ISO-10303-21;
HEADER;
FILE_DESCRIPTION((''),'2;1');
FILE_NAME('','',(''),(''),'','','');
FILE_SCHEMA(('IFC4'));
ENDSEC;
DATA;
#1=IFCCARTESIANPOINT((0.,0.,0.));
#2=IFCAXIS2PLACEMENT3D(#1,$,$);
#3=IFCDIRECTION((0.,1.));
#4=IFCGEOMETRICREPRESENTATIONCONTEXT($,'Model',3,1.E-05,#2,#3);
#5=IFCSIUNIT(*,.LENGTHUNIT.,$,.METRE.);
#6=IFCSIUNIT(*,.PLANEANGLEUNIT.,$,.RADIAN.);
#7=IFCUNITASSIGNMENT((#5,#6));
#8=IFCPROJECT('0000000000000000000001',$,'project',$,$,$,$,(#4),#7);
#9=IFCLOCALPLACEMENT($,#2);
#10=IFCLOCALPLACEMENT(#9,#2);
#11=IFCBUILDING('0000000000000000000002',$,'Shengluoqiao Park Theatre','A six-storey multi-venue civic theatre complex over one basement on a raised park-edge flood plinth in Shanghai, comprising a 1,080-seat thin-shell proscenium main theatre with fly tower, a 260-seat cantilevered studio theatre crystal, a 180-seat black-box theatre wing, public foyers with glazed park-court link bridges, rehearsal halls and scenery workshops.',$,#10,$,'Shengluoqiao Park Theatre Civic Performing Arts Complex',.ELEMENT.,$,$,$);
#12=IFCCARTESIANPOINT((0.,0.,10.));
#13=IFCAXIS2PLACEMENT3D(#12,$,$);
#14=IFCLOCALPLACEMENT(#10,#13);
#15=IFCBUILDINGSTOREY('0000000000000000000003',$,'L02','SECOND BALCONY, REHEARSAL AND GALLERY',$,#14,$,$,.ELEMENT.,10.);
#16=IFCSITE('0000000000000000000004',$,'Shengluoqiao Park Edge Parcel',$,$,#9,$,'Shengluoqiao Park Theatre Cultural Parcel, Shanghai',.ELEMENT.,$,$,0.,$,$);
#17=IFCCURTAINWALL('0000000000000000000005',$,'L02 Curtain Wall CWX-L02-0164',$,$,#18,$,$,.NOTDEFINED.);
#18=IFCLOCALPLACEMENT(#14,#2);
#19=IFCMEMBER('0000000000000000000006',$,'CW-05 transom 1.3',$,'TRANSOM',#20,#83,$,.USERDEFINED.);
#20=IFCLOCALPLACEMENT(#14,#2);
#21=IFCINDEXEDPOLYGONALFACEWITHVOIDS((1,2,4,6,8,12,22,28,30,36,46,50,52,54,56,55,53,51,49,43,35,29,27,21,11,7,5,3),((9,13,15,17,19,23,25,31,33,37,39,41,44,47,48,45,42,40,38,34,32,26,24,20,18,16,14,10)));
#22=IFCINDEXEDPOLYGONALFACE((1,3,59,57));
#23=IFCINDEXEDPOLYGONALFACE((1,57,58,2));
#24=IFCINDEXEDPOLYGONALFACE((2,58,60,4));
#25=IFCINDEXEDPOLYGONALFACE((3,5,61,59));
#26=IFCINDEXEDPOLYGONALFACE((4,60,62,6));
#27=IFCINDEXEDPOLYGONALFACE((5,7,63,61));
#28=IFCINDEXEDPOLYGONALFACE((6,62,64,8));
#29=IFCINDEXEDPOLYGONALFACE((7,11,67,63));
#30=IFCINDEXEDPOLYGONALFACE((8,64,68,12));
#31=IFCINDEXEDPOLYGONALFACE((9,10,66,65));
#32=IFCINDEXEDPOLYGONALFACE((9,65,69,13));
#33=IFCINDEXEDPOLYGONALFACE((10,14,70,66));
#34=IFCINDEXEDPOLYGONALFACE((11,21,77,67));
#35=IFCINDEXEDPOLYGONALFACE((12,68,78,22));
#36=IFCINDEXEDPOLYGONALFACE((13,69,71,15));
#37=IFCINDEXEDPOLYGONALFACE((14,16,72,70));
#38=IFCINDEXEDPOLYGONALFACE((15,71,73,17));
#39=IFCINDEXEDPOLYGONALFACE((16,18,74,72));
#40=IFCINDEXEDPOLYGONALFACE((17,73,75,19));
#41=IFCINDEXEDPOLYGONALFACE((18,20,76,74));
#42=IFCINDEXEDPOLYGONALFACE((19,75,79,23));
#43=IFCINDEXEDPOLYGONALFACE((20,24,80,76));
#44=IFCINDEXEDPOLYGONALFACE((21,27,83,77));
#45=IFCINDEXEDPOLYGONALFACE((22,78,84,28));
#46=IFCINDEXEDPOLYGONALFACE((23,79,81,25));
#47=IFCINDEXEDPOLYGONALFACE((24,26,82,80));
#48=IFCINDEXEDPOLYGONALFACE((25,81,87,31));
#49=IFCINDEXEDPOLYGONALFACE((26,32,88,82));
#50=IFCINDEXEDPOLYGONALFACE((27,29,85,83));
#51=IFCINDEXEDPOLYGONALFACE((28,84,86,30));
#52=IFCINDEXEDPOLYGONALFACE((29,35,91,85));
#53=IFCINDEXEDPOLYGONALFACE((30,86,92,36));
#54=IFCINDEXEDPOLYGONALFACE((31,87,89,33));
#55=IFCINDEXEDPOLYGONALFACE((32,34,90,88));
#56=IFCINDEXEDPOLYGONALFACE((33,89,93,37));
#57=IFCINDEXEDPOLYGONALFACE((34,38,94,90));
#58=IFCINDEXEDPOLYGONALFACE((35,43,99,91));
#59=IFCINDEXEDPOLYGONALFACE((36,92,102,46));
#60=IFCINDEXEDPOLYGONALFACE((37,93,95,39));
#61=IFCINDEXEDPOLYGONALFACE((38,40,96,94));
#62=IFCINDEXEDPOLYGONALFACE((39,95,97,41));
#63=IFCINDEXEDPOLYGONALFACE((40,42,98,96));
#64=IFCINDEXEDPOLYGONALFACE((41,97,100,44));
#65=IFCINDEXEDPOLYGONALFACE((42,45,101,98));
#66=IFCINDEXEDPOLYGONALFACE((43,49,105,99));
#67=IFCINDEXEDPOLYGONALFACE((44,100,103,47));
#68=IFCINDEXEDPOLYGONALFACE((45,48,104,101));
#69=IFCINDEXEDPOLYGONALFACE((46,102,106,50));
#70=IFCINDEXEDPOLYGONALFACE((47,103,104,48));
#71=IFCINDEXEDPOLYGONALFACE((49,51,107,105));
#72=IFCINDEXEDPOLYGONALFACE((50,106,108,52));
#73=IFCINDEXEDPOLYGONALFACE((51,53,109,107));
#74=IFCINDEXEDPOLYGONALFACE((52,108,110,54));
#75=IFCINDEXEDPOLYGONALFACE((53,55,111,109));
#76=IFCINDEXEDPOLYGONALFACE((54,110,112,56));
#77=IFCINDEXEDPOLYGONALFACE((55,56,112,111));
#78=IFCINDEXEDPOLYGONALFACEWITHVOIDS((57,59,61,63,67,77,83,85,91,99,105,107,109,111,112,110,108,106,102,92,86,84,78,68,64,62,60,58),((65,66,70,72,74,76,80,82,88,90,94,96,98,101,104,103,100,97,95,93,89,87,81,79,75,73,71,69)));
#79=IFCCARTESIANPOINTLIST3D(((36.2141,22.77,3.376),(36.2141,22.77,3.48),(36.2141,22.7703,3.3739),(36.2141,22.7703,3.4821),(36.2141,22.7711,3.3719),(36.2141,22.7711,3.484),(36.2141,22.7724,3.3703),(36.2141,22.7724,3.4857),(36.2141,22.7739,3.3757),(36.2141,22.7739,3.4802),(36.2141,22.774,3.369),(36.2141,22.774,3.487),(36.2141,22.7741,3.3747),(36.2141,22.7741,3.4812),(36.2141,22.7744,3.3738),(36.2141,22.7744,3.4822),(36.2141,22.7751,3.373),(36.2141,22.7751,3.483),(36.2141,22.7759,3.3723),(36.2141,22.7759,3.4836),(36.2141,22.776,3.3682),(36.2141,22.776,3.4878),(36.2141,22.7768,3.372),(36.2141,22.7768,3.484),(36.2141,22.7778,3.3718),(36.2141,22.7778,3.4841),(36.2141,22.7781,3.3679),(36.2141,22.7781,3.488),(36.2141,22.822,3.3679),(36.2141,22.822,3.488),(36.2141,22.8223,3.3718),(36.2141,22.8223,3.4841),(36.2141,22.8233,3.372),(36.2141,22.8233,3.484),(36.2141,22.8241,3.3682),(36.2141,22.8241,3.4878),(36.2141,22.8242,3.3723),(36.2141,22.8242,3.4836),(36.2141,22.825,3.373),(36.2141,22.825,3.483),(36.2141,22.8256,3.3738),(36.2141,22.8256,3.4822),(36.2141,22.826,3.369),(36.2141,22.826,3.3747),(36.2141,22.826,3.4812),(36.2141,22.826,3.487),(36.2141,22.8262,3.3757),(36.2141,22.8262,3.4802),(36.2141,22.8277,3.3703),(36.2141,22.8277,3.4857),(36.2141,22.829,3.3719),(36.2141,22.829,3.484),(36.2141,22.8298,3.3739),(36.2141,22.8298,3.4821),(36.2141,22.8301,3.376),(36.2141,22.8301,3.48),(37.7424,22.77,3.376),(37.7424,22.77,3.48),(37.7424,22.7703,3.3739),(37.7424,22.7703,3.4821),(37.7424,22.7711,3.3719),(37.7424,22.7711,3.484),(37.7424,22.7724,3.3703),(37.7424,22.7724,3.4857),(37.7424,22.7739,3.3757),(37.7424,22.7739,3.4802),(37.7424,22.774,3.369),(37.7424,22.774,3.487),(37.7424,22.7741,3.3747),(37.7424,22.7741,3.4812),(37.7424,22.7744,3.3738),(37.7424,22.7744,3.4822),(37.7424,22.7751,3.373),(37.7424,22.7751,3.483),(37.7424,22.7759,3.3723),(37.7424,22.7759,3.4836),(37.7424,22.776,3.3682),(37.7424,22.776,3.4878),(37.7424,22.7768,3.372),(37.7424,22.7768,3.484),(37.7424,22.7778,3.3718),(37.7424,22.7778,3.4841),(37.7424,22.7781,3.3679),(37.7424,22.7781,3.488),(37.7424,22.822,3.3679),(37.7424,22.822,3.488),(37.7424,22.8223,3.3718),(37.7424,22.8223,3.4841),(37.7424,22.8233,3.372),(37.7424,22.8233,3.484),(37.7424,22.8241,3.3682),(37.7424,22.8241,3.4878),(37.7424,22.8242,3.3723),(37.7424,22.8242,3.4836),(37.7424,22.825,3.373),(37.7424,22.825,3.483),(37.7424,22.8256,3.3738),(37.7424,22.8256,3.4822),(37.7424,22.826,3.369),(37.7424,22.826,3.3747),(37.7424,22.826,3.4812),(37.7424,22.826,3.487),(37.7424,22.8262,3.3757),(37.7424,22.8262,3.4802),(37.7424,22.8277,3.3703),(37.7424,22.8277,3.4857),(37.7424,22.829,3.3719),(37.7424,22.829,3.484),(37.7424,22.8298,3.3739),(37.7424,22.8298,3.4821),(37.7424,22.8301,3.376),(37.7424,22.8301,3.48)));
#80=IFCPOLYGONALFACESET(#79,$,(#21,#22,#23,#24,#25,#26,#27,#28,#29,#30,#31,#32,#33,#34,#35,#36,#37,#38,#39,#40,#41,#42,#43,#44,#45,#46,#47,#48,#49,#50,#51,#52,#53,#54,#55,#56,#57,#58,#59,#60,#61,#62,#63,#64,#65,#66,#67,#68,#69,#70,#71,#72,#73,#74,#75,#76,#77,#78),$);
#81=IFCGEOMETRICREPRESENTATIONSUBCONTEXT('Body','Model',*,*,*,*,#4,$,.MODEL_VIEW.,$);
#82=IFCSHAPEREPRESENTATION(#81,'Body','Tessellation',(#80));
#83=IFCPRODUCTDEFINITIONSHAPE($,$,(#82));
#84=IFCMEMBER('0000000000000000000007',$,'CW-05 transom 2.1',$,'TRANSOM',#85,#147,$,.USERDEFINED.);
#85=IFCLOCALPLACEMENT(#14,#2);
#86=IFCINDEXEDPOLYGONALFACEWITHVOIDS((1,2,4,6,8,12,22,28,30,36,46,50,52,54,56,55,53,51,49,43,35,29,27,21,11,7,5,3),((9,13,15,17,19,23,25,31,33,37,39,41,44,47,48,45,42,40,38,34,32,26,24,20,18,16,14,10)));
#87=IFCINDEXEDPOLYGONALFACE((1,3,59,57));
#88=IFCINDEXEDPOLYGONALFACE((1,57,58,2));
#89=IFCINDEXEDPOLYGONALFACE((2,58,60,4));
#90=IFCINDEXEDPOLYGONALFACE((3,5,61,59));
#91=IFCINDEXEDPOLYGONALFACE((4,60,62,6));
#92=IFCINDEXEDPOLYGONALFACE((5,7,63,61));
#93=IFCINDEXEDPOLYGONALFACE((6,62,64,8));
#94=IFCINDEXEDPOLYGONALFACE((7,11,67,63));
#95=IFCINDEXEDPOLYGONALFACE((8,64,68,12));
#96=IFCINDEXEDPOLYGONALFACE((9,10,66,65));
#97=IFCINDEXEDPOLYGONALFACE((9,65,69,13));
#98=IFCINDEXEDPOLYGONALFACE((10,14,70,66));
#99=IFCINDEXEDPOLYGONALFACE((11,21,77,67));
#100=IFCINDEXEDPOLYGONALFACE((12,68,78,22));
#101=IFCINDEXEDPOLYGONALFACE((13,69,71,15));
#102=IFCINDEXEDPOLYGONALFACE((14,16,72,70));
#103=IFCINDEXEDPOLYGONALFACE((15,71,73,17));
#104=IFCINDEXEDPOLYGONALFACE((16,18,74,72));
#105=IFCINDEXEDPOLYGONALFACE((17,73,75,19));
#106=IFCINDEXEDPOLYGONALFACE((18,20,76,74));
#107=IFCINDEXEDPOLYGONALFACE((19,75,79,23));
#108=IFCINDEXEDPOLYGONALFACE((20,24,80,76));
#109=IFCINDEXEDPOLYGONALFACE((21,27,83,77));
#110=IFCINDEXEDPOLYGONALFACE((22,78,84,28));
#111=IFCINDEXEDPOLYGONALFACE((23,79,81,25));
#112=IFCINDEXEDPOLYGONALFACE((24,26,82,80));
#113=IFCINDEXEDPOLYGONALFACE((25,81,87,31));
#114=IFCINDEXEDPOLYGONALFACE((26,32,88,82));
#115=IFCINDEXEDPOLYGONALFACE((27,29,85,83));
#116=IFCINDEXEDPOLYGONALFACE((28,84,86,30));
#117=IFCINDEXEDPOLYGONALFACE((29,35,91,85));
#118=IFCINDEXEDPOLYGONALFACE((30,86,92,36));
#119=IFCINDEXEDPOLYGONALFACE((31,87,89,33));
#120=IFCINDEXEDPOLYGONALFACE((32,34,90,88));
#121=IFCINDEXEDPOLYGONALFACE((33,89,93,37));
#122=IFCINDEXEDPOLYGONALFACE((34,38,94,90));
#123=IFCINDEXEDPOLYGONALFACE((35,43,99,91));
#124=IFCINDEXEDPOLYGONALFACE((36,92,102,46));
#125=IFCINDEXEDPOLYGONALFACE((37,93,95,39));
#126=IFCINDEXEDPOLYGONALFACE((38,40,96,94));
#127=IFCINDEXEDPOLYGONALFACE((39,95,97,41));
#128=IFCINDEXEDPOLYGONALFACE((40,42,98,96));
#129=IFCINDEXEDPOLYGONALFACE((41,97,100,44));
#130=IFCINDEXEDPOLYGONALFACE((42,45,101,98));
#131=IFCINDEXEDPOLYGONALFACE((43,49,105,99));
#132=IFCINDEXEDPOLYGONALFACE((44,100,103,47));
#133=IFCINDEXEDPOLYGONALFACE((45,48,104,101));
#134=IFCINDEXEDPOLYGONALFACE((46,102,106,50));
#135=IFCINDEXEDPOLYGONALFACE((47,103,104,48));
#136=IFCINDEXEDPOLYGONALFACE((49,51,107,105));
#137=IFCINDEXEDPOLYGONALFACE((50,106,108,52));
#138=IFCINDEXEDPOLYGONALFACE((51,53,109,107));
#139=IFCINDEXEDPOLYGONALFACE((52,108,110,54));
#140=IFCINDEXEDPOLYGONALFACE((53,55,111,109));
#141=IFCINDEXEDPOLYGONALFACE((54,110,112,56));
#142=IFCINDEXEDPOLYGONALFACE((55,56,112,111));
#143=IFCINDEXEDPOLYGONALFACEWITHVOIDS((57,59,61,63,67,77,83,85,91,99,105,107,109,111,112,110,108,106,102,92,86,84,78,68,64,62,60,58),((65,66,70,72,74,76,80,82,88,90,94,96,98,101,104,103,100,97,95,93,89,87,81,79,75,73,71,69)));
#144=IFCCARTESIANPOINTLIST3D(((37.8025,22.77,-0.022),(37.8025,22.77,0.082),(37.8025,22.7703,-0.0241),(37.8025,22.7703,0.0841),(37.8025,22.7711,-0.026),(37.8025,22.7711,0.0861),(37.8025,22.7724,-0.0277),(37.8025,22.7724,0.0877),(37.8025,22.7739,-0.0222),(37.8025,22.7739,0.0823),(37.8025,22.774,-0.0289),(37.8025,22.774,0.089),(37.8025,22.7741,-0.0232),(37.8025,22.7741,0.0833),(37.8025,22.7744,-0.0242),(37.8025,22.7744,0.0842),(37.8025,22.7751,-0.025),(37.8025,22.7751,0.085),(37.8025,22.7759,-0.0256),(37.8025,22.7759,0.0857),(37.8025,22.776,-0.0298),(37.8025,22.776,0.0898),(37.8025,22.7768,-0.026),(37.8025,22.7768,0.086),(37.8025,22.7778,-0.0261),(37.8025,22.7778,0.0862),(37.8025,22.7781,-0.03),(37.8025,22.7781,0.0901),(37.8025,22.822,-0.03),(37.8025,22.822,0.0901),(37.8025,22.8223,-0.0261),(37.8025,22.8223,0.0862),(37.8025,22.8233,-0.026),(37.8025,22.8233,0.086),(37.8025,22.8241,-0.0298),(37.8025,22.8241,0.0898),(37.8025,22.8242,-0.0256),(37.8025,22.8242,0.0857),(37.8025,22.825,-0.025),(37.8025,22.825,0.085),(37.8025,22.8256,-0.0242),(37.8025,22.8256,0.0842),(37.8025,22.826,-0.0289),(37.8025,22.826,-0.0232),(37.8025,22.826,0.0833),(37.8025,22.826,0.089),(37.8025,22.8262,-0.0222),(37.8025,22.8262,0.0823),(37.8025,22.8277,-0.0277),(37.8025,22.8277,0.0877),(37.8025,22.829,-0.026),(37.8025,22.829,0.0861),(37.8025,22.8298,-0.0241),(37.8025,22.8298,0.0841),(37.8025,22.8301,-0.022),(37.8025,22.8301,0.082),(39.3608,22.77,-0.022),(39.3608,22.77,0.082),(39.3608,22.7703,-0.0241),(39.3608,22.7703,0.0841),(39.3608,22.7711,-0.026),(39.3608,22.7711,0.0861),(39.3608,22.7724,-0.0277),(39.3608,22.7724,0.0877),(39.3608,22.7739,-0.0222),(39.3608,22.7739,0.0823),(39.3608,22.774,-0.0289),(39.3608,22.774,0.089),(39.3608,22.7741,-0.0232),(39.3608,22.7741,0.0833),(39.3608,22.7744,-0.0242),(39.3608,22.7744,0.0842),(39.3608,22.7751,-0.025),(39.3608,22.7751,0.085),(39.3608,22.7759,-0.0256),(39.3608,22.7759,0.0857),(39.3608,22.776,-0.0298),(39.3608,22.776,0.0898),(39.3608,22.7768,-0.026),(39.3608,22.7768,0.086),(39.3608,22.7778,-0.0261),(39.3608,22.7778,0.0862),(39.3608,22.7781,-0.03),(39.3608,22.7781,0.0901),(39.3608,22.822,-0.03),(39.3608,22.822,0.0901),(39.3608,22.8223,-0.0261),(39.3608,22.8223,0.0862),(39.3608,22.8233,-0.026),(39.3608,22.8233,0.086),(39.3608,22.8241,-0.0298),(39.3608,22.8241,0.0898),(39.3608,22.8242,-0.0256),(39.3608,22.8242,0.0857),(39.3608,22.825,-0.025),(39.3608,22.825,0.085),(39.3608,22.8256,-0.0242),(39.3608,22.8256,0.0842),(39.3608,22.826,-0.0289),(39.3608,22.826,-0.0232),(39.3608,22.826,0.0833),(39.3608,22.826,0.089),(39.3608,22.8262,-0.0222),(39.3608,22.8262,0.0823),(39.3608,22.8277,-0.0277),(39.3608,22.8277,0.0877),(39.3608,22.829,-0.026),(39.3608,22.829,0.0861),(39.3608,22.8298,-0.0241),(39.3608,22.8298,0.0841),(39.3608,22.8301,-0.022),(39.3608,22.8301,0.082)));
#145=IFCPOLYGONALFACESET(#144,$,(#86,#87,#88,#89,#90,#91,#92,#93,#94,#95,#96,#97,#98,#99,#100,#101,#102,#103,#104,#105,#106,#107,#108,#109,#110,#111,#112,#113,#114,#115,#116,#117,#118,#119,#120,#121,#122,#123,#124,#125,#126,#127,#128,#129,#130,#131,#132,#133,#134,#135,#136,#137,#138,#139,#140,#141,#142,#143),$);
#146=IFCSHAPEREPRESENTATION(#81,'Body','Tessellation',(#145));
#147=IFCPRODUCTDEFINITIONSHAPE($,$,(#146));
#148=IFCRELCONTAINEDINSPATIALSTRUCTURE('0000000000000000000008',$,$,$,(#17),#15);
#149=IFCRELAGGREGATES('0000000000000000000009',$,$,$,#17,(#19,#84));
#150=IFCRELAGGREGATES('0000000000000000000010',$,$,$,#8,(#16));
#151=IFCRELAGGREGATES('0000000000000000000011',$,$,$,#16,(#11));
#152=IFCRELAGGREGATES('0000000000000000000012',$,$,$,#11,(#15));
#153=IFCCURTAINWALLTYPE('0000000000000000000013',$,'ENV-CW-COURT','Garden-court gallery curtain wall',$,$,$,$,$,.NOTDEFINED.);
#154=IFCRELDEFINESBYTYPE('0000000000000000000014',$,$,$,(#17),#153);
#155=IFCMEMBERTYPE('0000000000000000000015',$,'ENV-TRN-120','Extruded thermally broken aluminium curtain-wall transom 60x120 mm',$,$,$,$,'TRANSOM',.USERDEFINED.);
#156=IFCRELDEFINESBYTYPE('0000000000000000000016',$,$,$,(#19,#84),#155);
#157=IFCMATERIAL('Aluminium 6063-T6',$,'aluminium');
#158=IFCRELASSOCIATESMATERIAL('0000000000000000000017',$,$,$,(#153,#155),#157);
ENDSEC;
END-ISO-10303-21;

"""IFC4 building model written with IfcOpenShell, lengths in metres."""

from ifc_helpers import new_model, si_unit, direction, frame, origin, origin_2d, place, context, subcontext, project, spatial, hollow_rectangle, extrude, material, material_profile, profile_set, type_object, element, aggregate, save


model = new_model("IFC4")

# Units and contexts
model_context = context("Model", 3, precision=1e-05, world=origin(), true_north=direction((0.0, 1.0)))
body_context = subcontext(model_context, "Body", "Model", "MODEL_VIEW")
ifc_project = project(units=[si_unit("LENGTHUNIT", "METRE"), si_unit("PLANEANGLEUNIT", "RADIAN")], contexts=[model_context])

# Site, building, storey
site_placement = place(None, origin())
site = spatial("IfcSite", under=ifc_project, at=site_placement, Name="Shengluoqiao Park Edge Parcel", LongName="Shengluoqiao Park Theatre Cultural Parcel, Shanghai", CompositionType="ELEMENT", RefElevation=0.0)
building_placement = place(site_placement, origin())
building = spatial("IfcBuilding", under=site, at=building_placement, Name="Shengluoqiao Park Theatre", Description="A six-storey multi-venue civic theatre complex over one basement on a raised park-edge flood plinth in Shanghai, comprising a 1,080-seat thin-shell proscenium main theatre with fly tower, a 260-seat cantilevered studio theatre crystal, a 180-seat black-box theatre wing, public foyers with glazed park-court link bridges, rehearsal halls and scenery workshops.", LongName="Shengluoqiao Park Theatre Civic Performing Arts Complex", CompositionType="ELEMENT")
storey_placement = place(building_placement, frame((0.0, 0.0, 10.0)))
storey = spatial("IfcBuildingStorey", under=building, at=storey_placement, Name="L02", Description="SECOND BALCONY, REHEARSAL AND GALLERY", CompositionType="ELEMENT", Elevation=10.0)

# Curtain wall, members
ifc_material_1 = material(Name="Aluminium 6063-T6", Category="aluminium")
curtain_wall_type = type_object("IfcCurtainWallType", Name="ENV-CW-COURT", Description="Garden-court gallery curtain wall", PredefinedType="NOTDEFINED", material=ifc_material_1)
curtain_wall_placement = place(storey_placement, origin())
curtain_wall = element("IfcCurtainWall", 1, at=curtain_wall_placement, inside=storey, type_object=curtain_wall_type, Name="L02 Curtain Wall CWX-L02-0164", PredefinedType="NOTDEFINED")
ifc_material_profile_1 = material_profile(ifc_material_1, hollow_rectangle(XDim=0.0601, YDim=0.1201, WallThickness=0.0039, InnerFilletRadius=0.0039, OuterFilletRadius=0.0081, at=origin_2d()), Name="ALU TRANSOM 120x60x4")
ifc_profile_set_1 = profile_set([ifc_material_profile_1], Name="Aluminium 6063-T6")
member_type_1 = type_object("IfcMemberType", Name="ENV-TRN-120", Description="Extruded thermally broken aluminium curtain-wall transom 60x120 mm", ElementType="TRANSOM", PredefinedType="USERDEFINED", material=ifc_profile_set_1)
member_1_placement = place(storey_placement, frame((36.2141, 22.8, 3.428), z_axis=(1.0, 0.0, 0.0), x_axis=(0.0, 1.0, 0.0)))
member_1 = element("IfcMember", 2, at=member_1_placement, type_object=member_type_1, Name="CW-05 transom 1.3", ObjectType="TRANSOM", PredefinedType="USERDEFINED", context=body_context, shape_type="SweptSolid", body=[
    extrude(hollow_rectangle(XDim=0.0601, YDim=0.1201, WallThickness=0.0039, InnerFilletRadius=0.0039, OuterFilletRadius=0.0081, at=origin_2d()), origin(), (0.0, 0.0, 1.0), 1.5283),
])
member_2_placement = place(storey_placement, frame((37.8025, 22.8, 0.03), z_axis=(1.0, 0.0, 0.0), x_axis=(0.0, 1.0, 0.0)))
member_2 = element("IfcMember", 3, at=member_2_placement, type_object=member_type_1, Name="CW-05 transom 2.1", ObjectType="TRANSOM", PredefinedType="USERDEFINED", context=body_context, shape_type="SweptSolid", body=[
    extrude(hollow_rectangle(XDim=0.0601, YDim=0.1201, WallThickness=0.0039, InnerFilletRadius=0.0039, OuterFilletRadius=0.0081, at=origin_2d()), origin(), (0.0, 0.0, 1.0), 1.5583),
])

aggregate(curtain_wall, [member_1, member_2])

save(model, "model.ifc")
